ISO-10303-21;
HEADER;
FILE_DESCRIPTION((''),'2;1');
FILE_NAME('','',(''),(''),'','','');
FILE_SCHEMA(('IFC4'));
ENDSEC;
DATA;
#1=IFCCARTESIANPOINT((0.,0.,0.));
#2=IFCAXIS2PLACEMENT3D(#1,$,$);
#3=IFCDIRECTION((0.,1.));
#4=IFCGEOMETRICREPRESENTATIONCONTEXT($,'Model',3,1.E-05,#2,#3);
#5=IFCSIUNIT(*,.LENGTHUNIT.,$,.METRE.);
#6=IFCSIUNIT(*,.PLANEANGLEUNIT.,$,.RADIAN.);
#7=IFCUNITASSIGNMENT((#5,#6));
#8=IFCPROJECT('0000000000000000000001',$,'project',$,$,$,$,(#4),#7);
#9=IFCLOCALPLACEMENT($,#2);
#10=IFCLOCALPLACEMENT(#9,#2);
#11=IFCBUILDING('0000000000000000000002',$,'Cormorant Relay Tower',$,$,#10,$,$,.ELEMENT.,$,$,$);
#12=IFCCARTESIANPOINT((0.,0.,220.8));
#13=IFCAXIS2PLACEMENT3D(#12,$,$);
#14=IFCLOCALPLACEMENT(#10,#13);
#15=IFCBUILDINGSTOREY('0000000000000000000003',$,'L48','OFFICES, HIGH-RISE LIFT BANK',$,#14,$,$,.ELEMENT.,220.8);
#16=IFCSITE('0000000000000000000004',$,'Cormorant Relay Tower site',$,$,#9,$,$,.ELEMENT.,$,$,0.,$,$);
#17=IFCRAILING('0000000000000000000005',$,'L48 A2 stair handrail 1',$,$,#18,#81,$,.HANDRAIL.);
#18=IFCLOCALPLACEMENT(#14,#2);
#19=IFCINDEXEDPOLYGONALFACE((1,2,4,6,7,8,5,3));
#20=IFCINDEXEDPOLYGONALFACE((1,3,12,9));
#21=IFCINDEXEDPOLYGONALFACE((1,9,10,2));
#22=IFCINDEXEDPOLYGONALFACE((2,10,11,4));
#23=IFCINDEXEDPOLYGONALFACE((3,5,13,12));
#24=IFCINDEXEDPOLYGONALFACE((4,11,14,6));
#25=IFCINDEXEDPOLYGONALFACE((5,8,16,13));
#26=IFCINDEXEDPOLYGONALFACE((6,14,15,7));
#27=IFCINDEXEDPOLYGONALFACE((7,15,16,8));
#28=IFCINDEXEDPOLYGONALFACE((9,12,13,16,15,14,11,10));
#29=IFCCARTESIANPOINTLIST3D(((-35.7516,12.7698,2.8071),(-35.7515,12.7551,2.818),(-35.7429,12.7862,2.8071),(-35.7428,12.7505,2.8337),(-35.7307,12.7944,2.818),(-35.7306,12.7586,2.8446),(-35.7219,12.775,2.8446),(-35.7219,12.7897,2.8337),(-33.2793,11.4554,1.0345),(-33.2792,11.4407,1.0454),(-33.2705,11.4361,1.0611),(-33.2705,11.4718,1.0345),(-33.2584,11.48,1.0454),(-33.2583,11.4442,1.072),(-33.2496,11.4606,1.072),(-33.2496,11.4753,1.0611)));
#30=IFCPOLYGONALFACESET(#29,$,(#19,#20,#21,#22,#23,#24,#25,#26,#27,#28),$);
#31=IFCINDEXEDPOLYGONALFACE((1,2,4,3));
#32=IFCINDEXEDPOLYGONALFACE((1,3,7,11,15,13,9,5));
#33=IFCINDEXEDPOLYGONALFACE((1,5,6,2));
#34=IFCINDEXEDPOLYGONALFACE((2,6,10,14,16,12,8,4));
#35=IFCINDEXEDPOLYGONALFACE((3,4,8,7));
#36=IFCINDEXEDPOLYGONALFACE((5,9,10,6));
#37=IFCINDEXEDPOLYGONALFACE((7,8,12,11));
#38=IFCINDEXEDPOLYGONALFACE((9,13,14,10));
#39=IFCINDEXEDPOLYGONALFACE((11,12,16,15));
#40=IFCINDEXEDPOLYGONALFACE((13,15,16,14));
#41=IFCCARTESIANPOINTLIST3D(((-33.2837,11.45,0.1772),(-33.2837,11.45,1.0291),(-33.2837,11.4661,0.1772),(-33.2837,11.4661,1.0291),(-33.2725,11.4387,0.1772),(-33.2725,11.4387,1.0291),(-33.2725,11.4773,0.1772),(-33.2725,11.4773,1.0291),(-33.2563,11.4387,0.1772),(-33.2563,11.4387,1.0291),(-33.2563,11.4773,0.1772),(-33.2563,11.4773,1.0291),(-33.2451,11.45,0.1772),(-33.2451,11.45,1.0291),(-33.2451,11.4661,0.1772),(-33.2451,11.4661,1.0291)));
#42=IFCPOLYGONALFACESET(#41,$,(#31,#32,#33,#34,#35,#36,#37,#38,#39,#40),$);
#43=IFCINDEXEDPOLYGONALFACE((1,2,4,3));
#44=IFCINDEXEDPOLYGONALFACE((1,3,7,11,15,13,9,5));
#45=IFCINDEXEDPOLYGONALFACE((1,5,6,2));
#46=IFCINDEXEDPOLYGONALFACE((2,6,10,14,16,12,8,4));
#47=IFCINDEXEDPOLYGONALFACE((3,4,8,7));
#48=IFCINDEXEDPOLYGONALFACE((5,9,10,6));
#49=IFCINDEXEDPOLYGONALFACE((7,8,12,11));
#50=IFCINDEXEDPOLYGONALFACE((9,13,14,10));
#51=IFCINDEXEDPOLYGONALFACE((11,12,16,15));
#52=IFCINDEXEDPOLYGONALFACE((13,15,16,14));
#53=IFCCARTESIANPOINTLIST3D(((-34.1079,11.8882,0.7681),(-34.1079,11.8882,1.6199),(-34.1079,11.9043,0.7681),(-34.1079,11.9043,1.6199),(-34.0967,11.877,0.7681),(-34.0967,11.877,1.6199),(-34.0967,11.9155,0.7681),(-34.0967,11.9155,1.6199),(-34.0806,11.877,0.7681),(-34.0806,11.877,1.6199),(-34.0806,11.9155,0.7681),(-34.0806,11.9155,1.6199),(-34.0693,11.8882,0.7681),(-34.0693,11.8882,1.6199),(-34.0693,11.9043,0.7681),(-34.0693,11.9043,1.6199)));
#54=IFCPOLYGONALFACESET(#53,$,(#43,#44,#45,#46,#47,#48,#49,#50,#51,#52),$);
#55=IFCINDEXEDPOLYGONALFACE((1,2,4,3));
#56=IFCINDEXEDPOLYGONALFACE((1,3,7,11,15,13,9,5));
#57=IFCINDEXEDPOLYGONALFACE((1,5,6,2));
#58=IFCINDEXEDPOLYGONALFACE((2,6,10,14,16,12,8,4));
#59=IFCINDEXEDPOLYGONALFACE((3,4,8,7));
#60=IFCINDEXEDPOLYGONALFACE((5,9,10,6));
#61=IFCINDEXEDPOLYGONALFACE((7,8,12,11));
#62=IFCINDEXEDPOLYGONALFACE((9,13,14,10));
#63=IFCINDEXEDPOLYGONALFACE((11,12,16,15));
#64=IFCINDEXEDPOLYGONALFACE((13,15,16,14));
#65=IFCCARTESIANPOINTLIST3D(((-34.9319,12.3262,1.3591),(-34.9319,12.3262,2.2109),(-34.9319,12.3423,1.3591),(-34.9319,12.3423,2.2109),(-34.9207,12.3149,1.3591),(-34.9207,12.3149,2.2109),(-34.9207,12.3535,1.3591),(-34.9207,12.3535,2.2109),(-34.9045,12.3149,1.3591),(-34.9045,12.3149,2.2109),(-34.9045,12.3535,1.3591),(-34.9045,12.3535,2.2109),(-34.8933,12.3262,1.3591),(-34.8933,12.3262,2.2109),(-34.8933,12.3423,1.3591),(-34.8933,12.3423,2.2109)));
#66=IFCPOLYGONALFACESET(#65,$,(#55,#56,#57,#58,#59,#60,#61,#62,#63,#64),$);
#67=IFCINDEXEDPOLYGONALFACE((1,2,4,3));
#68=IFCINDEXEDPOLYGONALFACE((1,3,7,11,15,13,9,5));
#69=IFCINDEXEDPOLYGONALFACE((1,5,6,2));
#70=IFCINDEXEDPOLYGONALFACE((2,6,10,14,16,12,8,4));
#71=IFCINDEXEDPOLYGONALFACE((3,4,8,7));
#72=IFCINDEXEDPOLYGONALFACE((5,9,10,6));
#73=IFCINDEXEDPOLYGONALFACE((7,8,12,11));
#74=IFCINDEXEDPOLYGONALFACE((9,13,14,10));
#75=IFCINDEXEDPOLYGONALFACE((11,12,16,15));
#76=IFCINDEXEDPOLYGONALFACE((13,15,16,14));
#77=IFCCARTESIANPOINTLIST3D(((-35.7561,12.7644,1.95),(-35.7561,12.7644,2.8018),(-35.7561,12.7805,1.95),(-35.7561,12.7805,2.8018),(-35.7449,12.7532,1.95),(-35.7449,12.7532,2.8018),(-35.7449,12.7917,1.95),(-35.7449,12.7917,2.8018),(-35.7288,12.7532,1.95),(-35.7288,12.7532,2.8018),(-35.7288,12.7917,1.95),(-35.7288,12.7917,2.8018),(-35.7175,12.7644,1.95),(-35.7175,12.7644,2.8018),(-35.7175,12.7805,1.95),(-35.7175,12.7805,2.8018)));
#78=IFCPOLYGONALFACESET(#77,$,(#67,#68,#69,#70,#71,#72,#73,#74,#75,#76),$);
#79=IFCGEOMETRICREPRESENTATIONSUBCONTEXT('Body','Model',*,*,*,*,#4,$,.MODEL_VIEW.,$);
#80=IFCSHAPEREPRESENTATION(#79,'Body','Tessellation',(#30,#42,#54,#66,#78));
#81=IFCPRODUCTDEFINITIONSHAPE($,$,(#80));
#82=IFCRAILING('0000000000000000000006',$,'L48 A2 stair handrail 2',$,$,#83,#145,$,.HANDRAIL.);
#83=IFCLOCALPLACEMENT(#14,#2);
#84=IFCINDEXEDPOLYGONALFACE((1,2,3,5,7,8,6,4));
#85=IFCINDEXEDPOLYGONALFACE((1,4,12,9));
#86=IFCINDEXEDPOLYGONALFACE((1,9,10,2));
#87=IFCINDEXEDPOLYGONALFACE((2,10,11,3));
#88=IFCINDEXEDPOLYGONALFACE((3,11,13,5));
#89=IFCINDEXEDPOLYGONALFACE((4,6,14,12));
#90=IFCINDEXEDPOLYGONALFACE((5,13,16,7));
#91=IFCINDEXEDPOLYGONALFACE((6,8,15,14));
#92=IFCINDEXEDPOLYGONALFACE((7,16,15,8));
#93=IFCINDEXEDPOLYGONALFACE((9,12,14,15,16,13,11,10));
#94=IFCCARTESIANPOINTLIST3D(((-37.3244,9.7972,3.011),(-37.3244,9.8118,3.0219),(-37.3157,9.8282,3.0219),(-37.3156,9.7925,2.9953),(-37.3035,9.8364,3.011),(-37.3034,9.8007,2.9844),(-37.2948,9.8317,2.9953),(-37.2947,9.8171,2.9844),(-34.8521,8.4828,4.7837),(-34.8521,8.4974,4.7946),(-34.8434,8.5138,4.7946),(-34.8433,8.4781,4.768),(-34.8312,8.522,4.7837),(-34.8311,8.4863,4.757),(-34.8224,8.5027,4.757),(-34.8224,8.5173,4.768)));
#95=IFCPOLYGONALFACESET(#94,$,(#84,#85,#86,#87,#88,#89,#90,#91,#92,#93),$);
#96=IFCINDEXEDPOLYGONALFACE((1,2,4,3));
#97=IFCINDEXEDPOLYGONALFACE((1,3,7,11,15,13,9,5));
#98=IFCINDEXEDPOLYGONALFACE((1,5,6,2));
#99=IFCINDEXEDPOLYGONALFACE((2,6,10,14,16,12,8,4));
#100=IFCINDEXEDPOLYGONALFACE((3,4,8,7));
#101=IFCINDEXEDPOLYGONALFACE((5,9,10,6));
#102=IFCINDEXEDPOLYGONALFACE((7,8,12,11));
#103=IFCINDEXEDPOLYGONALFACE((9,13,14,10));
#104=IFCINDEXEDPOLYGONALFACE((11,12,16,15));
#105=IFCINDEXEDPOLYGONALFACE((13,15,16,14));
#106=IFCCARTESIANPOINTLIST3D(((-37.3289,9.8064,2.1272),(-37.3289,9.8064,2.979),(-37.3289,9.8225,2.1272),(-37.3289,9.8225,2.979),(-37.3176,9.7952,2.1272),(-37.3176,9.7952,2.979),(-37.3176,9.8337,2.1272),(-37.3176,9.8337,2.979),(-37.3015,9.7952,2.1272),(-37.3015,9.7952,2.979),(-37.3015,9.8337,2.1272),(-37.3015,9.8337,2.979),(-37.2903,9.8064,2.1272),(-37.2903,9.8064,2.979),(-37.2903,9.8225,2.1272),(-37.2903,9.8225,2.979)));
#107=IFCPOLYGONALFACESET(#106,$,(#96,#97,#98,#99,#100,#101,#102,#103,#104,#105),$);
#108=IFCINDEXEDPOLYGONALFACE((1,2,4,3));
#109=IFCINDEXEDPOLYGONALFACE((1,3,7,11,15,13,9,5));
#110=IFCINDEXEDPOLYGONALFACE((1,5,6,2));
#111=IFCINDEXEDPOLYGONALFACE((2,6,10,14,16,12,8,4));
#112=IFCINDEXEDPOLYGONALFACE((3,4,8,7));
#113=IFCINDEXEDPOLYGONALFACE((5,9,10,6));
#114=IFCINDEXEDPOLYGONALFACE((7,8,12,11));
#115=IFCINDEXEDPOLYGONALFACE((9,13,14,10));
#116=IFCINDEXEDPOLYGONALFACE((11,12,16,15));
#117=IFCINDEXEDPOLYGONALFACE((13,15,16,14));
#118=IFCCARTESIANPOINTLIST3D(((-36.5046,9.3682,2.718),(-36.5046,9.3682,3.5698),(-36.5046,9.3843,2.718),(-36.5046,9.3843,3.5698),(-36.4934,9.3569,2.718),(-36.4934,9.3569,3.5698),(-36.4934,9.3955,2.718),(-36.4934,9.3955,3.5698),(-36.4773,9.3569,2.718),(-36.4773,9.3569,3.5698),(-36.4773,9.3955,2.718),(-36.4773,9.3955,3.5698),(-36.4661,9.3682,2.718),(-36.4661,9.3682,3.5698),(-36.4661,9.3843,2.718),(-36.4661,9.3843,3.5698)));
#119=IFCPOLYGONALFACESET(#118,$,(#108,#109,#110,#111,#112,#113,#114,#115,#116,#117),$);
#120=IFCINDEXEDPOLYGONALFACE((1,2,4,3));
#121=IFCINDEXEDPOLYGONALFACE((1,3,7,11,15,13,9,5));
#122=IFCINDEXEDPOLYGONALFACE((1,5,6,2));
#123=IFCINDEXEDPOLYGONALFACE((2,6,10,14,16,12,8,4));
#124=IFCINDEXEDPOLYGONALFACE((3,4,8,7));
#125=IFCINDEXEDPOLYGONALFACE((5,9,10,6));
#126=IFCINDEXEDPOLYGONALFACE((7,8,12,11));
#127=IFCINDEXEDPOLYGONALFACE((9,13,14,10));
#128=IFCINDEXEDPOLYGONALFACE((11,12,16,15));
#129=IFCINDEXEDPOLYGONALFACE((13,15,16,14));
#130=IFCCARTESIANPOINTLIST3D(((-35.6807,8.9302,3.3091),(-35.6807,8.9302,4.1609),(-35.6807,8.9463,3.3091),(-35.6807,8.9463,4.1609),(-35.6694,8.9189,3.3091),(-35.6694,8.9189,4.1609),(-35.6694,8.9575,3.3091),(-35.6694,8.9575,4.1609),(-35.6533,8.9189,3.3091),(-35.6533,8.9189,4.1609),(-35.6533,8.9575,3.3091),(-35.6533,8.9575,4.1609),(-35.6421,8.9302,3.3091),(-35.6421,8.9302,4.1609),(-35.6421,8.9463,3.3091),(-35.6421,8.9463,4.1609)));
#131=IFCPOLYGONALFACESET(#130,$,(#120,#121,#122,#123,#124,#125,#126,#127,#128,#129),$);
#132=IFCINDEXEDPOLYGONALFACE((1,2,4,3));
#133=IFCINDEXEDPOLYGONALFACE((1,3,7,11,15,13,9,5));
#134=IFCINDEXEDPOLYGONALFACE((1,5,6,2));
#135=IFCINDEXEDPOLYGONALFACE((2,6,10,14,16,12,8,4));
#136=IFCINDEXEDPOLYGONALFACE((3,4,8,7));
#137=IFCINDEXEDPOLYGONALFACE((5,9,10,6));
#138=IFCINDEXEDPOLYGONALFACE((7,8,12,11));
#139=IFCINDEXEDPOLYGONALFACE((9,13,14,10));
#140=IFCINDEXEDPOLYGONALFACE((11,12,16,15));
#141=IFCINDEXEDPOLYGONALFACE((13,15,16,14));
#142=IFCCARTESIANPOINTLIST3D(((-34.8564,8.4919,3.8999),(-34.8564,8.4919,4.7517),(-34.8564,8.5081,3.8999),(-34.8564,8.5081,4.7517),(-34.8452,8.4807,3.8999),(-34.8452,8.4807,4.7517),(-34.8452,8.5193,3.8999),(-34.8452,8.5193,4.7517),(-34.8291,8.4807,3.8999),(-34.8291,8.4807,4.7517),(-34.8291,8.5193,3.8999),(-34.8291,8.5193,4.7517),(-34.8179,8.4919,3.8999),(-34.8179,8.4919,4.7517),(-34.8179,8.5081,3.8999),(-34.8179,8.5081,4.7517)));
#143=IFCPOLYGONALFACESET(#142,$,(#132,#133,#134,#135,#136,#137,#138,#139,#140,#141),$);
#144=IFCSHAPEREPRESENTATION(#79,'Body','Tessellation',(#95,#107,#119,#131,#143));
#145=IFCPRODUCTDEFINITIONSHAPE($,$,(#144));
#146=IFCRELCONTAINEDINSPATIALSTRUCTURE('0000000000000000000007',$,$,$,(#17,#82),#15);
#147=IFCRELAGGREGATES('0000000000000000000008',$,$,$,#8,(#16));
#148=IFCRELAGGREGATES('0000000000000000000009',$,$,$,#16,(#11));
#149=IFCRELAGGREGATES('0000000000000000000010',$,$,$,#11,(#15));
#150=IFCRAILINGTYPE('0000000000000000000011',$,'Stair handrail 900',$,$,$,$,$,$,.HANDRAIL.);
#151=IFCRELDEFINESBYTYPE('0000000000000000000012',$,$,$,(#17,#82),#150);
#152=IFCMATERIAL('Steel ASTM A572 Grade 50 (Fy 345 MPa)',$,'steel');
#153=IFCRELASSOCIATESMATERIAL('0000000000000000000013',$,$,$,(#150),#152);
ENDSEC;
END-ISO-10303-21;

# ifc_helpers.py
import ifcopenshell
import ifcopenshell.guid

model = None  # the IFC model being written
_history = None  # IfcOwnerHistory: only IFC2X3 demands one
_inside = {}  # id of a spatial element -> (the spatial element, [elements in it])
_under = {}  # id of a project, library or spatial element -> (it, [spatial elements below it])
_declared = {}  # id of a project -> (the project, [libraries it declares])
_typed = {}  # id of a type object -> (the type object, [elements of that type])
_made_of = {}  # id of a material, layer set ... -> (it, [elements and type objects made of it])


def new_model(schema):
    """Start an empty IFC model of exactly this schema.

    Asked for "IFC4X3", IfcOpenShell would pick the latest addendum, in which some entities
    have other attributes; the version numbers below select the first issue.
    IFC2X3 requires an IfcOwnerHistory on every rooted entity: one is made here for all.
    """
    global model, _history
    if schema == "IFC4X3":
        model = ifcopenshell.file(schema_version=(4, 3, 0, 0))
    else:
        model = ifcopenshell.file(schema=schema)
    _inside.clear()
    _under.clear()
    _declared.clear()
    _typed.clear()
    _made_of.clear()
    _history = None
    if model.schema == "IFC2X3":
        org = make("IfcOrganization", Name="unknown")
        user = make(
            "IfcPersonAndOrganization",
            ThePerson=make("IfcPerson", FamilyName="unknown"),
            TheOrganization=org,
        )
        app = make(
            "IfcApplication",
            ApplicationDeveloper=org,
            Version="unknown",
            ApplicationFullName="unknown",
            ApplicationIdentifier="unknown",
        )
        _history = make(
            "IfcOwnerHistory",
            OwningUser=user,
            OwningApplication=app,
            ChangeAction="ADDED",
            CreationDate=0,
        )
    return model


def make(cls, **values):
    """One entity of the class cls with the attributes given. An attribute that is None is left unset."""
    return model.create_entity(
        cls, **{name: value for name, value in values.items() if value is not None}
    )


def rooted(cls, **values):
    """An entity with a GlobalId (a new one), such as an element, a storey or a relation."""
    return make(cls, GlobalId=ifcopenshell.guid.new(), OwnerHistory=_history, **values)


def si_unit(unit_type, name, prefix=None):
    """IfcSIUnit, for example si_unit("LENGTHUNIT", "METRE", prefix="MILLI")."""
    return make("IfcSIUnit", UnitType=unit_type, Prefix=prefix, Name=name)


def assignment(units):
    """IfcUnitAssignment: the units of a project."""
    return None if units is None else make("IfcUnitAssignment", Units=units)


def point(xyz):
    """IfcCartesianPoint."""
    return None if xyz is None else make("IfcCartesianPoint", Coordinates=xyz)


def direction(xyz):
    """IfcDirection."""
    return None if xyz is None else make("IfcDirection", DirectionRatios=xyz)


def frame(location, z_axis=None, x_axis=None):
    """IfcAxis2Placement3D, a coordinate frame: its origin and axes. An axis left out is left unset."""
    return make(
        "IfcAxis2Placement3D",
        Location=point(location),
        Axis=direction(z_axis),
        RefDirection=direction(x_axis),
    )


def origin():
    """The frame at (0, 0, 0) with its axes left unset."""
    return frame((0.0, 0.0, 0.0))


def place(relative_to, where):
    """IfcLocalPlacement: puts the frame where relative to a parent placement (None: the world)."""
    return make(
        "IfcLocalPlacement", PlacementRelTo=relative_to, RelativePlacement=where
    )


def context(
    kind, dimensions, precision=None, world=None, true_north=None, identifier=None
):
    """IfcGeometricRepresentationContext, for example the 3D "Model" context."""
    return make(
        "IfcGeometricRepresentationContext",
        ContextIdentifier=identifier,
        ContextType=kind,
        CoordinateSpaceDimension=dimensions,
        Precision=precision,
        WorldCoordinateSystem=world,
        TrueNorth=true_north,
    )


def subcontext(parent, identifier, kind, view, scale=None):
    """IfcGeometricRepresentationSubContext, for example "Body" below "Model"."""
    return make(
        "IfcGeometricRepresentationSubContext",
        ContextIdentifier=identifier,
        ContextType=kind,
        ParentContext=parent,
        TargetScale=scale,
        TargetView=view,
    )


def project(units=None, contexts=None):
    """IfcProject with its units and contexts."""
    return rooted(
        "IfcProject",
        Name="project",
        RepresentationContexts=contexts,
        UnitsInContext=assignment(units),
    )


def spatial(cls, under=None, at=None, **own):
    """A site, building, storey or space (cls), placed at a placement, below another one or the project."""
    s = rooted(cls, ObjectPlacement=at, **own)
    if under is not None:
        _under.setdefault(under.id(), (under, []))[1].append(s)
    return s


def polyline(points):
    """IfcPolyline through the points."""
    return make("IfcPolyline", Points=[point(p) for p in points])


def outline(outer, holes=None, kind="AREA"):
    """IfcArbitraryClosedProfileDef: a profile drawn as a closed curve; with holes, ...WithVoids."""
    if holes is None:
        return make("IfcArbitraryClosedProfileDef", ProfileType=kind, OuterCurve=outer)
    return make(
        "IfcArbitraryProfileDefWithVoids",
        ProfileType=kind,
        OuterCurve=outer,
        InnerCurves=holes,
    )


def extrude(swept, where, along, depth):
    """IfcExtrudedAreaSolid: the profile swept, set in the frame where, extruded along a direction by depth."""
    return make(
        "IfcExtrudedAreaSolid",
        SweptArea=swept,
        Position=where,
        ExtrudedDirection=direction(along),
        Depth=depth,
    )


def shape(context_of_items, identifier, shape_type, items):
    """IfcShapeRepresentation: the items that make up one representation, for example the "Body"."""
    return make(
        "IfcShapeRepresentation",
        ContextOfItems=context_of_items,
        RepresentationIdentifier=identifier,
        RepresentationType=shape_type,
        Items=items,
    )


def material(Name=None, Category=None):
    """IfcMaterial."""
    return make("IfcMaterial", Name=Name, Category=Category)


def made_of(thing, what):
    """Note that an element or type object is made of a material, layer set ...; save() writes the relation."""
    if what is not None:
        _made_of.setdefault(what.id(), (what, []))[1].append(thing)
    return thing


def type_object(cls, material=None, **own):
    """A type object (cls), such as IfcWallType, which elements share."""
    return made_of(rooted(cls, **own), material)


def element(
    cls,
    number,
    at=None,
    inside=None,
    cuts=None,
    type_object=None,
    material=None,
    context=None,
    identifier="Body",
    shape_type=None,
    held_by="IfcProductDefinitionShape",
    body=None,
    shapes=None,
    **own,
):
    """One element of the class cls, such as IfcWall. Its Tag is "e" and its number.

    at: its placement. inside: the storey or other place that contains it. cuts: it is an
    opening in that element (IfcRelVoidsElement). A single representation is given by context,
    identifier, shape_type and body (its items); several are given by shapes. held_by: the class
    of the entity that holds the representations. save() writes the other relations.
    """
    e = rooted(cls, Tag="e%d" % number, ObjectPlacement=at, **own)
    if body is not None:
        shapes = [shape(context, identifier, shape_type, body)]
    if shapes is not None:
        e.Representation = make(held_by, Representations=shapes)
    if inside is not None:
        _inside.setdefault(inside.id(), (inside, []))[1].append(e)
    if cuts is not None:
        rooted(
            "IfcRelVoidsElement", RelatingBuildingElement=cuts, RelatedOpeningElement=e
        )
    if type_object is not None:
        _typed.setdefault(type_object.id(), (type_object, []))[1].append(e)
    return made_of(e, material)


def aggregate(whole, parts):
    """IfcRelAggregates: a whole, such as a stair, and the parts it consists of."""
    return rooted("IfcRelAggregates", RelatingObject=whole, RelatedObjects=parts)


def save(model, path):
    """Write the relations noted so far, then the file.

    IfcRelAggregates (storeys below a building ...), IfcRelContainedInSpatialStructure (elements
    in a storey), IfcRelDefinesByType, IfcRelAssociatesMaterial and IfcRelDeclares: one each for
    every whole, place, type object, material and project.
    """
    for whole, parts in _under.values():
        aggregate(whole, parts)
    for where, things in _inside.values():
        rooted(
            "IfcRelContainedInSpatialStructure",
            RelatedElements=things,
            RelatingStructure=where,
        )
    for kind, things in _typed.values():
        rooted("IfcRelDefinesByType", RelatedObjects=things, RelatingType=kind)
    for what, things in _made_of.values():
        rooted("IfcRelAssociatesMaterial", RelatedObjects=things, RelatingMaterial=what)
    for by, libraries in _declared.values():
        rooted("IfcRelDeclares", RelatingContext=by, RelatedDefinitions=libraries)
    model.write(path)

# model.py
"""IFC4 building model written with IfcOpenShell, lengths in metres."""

from ifc_helpers import new_model, si_unit, direction, frame, origin, place, context, subcontext, project, spatial, polyline, outline, extrude, material, type_object, element, save


model = new_model("IFC4")

# Units and contexts
model_context = context("Model", 3, precision=1e-05, world=origin(), true_north=direction((0.0, 1.0)))
body_context = subcontext(model_context, "Body", "Model", "MODEL_VIEW")
ifc_project = project(units=[si_unit("LENGTHUNIT", "METRE"), si_unit("PLANEANGLEUNIT", "RADIAN")], contexts=[model_context])

# Site, building, storey
site_placement = place(None, origin())
site = spatial("IfcSite", under=ifc_project, at=site_placement, Name="Cormorant Relay Tower site", CompositionType="ELEMENT", RefElevation=0.0)
building_placement = place(site_placement, origin())
building = spatial("IfcBuilding", under=site, at=building_placement, Name="Cormorant Relay Tower", CompositionType="ELEMENT")
storey_placement = place(building_placement, frame((0.0, 0.0, 220.8)))
storey = spatial("IfcBuildingStorey", under=building, at=storey_placement, Name="L48", Description="OFFICES, HIGH-RISE LIFT BANK", CompositionType="ELEMENT", Elevation=220.8)

# Railings
ifc_material_1 = material(Name="Steel ASTM A572 Grade 50 (Fy 345 MPa)", Category="steel")
railing_type_1 = type_object("IfcRailingType", Name="Stair handrail 900", PredefinedType="HANDRAIL", material=ifc_material_1)
railing_1_placement = place(storey_placement, frame((-33.2644, 11.458, 0.1772)))
element("IfcRailing", 1, at=railing_1_placement, inside=storey, type_object=railing_type_1, Name="L48 A2 stair handrail 1", PredefinedType="HANDRAIL", context=body_context, shape_type="SweptSolid", body=[
    extrude(outline(polyline([(0.0222, 0.0093), (0.0093, 0.0222), (-0.0093, 0.0222), (-0.0222, 0.0093), (-0.0222, -0.0093), (-0.0093, -0.0222), (0.0093, -0.0222), (0.0222, -0.0093), (0.0222, 0.0093)])), frame((0.0, 0.0, 0.876), z_axis=(-0.746034, 0.396627, 0.534902), x_axis=(-0.469429, -0.88297, 0.0)), (0.0, 0.0, 1.0), 3.314),
    extrude(outline(polyline([(0.0193, 0.0081), (0.0081, 0.0193), (-0.0081, 0.0193), (-0.0193, 0.0081), (-0.0193, -0.0081), (-0.0081, -0.0193), (0.0081, -0.0193), (0.0193, -0.0081), (0.0193, 0.0081)])), origin(), (0.0, 0.0, 1.0), 0.8518),
    extrude(outline(polyline([(0.0193, 0.0081), (0.0081, 0.0193), (-0.0081, 0.0193), (-0.0193, 0.0081), (-0.0193, -0.0081), (-0.0081, -0.0193), (0.0081, -0.0193), (0.0193, -0.0081), (0.0193, 0.0081)])), frame((-0.8242, 0.4382, 0.5908)), (0.0, 0.0, 1.0), 0.8518),
    extrude(outline(polyline([(0.0193, 0.0081), (0.0081, 0.0193), (-0.0081, 0.0193), (-0.0193, 0.0081), (-0.0193, -0.0081), (-0.0081, -0.0193), (0.0081, -0.0193), (0.0193, -0.0081), (0.0193, 0.0081)])), frame((-1.6482, 0.8762, 1.1819)), (0.0, 0.0, 1.0), 0.8518),
    extrude(outline(polyline([(0.0193, 0.0081), (0.0081, 0.0193), (-0.0081, 0.0193), (-0.0193, 0.0081), (-0.0193, -0.0081), (-0.0081, -0.0193), (0.0081, -0.0193), (0.0193, -0.0081), (0.0193, 0.0081)])), frame((-2.4724, 1.3145, 1.7727)), (0.0, 0.0, 1.0), 0.8518),
])
railing_2_placement = place(storey_placement, frame((-37.3096, 9.8145, 2.1272)))
element("IfcRailing", 2, at=railing_2_placement, inside=storey, type_object=railing_type_1, Name="L48 A2 stair handrail 2", PredefinedType="HANDRAIL", context=body_context, shape_type="SweptSolid", body=[
    extrude(outline(polyline([(0.0222, 0.0093), (0.0093, 0.0222), (-0.0093, 0.0222), (-0.0222, 0.0093), (-0.0222, -0.0093), (-0.0093, -0.0222), (0.0093, -0.0222), (0.0222, -0.0093), (0.0222, 0.0093)])), frame((0.0, 0.0, 0.876), z_axis=(0.746034, -0.396627, 0.534902), x_axis=(0.469429, 0.88297, 0.0)), (0.0, 0.0, 1.0), 3.314),
    extrude(outline(polyline([(0.0193, 0.0081), (0.0081, 0.0193), (-0.0081, 0.0193), (-0.0193, 0.0081), (-0.0193, -0.0081), (-0.0081, -0.0193), (0.0081, -0.0193), (0.0193, -0.0081), (0.0193, 0.0081)])), origin(), (0.0, 0.0, 1.0), 0.8518),
    extrude(outline(polyline([(0.0193, 0.0081), (0.0081, 0.0193), (-0.0081, 0.0193), (-0.0193, 0.0081), (-0.0193, -0.0081), (-0.0081, -0.0193), (0.0081, -0.0193), (0.0193, -0.0081), (0.0193, 0.0081)])), frame((0.8242, -0.4382, 0.5908)), (0.0, 0.0, 1.0), 0.8518),
    extrude(outline(polyline([(0.0193, 0.0081), (0.0081, 0.0193), (-0.0081, 0.0193), (-0.0193, 0.0081), (-0.0193, -0.0081), (-0.0081, -0.0193), (0.0081, -0.0193), (0.0193, -0.0081), (0.0193, 0.0081)])), frame((1.6482, -0.8762, 1.1819)), (0.0, 0.0, 1.0), 0.8518),
    extrude(outline(polyline([(0.0193, 0.0081), (0.0081, 0.0193), (-0.0081, 0.0193), (-0.0193, 0.0081), (-0.0193, -0.0081), (-0.0081, -0.0193), (0.0081, -0.0193), (0.0193, -0.0081), (0.0193, 0.0081)])), frame((2.4724, -1.3145, 1.7727)), (0.0, 0.0, 1.0), 0.8518),
])

save(model, "model.ifc")
